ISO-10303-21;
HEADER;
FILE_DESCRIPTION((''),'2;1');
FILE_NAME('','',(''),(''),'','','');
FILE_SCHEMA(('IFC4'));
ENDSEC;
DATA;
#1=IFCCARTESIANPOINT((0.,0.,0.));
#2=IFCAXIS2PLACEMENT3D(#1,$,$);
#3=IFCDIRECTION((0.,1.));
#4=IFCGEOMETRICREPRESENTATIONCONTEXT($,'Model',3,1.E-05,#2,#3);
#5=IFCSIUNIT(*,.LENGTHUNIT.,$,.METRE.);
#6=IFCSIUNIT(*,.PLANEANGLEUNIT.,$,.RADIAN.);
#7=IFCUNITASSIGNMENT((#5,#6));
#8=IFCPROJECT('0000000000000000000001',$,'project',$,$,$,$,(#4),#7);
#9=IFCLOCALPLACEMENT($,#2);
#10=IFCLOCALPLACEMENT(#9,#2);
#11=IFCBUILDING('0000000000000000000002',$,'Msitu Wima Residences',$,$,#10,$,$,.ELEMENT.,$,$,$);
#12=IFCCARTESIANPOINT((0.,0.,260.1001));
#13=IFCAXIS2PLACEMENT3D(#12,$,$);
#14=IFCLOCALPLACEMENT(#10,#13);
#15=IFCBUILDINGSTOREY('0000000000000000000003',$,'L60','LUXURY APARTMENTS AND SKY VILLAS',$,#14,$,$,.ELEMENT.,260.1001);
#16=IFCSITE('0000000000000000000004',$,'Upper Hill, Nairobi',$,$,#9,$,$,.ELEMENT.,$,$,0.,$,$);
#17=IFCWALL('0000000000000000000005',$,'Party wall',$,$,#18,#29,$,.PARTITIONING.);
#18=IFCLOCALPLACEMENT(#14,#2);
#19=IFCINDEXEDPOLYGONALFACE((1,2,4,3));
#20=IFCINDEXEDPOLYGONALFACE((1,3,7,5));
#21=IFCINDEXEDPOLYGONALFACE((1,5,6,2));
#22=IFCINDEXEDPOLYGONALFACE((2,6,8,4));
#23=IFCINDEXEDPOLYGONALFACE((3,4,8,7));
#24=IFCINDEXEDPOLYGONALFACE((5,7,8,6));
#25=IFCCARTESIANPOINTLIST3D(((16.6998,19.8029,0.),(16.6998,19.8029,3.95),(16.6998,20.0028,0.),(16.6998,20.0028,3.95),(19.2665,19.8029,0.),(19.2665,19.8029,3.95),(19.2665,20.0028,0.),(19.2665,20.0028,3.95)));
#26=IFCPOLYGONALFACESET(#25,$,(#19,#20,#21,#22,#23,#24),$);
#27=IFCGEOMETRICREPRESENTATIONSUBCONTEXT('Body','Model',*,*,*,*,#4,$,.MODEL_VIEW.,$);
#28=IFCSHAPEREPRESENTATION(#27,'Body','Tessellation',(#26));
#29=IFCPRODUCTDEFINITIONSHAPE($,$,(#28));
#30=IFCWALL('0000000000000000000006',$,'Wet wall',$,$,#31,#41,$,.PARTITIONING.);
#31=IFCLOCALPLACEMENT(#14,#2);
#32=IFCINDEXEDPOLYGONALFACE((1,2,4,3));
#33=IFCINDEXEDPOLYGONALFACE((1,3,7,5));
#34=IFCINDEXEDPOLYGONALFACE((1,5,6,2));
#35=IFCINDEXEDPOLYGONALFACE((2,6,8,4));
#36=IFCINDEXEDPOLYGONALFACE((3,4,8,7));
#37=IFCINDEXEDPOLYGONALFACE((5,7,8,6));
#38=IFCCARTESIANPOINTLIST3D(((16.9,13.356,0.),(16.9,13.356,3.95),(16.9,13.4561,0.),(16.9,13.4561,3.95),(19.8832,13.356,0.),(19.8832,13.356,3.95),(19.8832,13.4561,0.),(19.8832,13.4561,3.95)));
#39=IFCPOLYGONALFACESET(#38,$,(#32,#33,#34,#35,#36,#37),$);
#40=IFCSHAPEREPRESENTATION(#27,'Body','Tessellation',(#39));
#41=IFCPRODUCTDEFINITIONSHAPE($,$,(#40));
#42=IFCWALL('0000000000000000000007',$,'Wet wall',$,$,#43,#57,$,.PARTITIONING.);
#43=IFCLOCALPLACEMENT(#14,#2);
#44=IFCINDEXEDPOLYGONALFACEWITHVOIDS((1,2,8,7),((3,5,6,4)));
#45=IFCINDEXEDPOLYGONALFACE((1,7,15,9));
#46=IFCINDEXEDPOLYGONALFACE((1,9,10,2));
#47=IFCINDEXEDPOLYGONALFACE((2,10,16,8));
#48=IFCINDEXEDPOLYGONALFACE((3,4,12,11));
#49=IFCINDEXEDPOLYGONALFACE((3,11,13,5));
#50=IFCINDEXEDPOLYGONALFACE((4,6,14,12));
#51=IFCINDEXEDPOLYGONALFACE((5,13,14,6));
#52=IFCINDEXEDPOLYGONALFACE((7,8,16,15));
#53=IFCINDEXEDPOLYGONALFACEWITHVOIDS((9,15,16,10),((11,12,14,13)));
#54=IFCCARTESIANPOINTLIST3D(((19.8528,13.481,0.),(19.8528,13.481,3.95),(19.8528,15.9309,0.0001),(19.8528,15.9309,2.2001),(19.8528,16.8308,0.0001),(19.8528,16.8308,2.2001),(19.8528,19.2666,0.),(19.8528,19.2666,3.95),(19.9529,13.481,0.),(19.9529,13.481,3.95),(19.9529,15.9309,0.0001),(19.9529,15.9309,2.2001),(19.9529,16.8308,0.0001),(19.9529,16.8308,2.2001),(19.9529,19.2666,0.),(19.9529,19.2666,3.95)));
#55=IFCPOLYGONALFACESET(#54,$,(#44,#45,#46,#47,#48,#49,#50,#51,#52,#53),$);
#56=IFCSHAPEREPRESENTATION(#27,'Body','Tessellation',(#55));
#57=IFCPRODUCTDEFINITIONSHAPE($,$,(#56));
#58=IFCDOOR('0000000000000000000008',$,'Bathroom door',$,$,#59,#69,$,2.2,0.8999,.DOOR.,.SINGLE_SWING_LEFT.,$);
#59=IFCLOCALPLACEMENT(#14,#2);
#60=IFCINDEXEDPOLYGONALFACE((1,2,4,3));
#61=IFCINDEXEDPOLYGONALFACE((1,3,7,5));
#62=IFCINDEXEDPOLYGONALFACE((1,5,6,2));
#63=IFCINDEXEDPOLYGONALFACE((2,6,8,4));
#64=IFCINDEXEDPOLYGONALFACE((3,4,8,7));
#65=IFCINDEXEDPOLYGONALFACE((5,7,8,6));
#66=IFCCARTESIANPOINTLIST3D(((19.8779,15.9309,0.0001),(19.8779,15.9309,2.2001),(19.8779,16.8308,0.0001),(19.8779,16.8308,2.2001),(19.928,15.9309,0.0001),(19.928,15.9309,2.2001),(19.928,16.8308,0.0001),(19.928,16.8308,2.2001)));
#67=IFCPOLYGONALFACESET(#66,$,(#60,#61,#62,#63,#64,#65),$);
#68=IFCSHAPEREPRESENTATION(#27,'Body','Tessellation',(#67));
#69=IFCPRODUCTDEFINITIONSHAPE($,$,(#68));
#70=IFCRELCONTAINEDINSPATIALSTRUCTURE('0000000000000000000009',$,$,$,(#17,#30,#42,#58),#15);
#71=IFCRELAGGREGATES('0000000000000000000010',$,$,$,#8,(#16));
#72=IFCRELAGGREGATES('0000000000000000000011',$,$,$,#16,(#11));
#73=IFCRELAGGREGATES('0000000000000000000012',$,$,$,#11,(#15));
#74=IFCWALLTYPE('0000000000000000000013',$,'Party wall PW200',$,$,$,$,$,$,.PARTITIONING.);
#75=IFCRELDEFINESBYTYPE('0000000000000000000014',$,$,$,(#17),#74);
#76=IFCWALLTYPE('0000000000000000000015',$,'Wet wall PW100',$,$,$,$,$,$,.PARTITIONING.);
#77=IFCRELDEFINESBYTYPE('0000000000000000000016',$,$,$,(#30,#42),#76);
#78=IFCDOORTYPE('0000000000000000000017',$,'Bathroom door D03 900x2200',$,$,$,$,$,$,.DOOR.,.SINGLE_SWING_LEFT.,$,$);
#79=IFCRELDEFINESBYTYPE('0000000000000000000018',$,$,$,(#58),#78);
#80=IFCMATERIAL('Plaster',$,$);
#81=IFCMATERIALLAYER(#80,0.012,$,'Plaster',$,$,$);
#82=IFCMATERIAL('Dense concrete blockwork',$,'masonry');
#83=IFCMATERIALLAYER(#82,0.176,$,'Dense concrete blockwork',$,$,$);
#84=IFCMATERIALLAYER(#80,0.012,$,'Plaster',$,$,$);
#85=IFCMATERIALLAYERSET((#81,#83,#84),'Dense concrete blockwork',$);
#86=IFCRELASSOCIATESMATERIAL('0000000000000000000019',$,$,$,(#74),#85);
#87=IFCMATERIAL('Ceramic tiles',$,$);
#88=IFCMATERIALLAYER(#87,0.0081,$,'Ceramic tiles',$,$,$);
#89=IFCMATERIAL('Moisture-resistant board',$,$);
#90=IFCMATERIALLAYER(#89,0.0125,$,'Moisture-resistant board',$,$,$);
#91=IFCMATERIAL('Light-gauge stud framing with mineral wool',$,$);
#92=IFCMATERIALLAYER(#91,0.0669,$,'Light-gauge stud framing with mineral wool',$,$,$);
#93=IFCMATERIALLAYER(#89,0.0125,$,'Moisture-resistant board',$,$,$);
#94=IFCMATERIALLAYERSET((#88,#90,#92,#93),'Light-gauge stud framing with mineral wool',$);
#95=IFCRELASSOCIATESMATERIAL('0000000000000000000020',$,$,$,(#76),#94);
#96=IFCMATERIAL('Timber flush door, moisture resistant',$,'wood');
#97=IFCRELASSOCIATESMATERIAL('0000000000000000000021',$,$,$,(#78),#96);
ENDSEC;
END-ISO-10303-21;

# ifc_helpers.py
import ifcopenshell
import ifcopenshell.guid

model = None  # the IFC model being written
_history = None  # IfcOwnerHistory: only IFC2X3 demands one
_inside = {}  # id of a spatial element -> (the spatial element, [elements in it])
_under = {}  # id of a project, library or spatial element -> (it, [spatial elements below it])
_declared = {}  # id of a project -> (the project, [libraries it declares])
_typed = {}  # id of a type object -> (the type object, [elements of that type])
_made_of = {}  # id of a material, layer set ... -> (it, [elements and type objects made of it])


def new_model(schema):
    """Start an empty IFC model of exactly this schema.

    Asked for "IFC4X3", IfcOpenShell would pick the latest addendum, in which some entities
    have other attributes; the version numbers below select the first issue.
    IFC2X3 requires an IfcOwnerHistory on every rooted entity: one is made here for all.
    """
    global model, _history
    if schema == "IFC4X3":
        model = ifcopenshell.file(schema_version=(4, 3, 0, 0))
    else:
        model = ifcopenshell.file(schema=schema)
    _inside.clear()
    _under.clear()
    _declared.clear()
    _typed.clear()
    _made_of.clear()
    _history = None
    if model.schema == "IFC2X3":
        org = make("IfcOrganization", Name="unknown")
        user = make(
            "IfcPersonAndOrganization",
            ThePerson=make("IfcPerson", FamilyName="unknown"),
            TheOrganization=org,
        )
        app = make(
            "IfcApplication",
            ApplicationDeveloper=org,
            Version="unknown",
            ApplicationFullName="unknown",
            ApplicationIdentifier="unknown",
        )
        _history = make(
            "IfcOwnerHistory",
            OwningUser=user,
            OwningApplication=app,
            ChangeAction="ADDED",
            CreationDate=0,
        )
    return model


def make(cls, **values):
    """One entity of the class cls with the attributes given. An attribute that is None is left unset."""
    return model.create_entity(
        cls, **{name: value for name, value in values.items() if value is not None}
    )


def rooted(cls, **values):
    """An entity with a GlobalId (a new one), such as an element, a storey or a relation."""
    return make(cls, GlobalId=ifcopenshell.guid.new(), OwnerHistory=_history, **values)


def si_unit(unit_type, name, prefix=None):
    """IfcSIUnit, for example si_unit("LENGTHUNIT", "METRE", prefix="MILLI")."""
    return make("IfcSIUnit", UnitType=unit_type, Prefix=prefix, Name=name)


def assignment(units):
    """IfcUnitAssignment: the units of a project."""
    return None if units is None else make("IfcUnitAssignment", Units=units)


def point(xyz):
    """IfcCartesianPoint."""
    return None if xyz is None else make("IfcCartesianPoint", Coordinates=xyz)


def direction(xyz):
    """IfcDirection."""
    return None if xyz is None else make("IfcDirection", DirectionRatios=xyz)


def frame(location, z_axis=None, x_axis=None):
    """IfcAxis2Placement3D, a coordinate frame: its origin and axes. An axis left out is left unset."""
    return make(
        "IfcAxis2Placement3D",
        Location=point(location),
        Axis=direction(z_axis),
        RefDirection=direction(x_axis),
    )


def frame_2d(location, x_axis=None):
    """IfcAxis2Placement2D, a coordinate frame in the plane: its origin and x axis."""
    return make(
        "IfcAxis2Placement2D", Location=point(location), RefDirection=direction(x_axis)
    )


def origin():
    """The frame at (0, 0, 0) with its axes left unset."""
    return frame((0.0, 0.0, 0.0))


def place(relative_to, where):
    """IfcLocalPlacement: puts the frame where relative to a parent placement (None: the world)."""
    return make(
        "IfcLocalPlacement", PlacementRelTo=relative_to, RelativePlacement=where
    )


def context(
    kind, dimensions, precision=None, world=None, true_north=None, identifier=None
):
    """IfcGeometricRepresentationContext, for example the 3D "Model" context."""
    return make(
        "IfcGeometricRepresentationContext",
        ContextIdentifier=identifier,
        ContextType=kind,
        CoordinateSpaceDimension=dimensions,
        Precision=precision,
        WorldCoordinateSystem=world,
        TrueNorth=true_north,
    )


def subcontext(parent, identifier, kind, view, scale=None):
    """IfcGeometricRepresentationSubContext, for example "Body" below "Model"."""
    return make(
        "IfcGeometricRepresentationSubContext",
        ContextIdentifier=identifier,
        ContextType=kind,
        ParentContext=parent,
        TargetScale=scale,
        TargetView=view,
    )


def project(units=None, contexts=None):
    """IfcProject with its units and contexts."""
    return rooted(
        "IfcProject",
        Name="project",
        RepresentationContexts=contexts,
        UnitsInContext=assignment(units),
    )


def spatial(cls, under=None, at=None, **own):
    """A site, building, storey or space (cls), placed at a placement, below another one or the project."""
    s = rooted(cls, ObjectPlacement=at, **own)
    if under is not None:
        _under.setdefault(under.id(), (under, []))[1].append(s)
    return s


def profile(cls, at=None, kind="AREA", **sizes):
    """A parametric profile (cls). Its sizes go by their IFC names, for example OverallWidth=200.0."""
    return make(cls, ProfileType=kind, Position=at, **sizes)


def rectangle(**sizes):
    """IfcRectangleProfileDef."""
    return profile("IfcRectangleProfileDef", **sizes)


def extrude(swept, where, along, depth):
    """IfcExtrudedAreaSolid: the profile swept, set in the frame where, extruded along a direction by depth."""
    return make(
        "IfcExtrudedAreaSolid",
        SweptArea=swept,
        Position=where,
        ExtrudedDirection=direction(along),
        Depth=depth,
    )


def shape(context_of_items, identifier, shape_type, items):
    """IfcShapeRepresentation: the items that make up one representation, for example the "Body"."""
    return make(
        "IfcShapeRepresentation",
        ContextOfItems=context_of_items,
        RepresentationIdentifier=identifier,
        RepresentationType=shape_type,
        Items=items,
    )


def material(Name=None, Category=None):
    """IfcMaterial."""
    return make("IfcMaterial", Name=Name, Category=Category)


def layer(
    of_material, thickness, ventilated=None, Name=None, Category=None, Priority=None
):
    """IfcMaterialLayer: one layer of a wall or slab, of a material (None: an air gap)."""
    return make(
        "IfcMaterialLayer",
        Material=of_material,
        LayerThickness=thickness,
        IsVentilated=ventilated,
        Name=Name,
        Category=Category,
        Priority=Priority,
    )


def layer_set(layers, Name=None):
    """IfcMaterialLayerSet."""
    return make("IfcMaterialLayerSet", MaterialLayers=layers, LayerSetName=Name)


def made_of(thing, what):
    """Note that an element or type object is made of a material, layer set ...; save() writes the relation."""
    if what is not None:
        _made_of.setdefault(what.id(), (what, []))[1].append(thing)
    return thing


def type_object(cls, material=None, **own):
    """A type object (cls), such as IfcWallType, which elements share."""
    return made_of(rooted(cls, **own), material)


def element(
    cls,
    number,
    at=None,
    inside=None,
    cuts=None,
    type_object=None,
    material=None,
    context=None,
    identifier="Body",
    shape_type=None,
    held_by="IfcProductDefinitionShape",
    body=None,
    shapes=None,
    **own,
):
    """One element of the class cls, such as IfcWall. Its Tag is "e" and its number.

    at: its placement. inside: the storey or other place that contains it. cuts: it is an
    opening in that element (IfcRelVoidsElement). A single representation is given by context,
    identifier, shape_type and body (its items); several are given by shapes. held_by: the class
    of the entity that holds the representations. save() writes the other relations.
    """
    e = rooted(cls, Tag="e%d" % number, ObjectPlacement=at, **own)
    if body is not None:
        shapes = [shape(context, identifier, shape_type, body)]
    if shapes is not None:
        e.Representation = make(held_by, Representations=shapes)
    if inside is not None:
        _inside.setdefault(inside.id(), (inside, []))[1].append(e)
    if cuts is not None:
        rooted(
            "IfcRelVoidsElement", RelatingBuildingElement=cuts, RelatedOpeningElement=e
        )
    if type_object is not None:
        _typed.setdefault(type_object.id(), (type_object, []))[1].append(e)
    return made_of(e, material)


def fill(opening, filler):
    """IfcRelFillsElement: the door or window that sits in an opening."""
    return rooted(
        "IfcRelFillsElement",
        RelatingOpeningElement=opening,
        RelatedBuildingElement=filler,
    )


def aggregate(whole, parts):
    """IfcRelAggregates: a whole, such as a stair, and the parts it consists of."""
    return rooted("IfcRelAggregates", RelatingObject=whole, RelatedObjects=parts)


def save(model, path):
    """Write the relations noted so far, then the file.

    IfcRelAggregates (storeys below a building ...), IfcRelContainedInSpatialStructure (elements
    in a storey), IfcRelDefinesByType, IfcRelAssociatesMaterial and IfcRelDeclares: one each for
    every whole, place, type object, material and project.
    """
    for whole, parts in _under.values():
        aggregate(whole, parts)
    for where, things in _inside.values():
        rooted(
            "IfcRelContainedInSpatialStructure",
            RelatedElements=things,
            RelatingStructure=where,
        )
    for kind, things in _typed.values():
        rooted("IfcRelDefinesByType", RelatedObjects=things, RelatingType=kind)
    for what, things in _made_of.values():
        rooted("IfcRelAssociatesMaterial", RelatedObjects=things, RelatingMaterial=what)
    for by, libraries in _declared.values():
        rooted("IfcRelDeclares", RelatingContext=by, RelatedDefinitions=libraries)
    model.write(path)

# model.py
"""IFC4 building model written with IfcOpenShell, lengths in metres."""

from ifc_helpers import new_model, si_unit, direction, frame, frame_2d, origin, place, context, subcontext, project, spatial, rectangle, extrude, material, layer, layer_set, type_object, element, fill, save


model = new_model("IFC4")

# Units and contexts
model_context = context("Model", 3, precision=1e-05, world=origin(), true_north=direction((0.0, 1.0)))
body_context = subcontext(model_context, "Body", "Model", "MODEL_VIEW")
ifc_project = project(units=[si_unit("LENGTHUNIT", "METRE"), si_unit("PLANEANGLEUNIT", "RADIAN")], contexts=[model_context])

# Site, building, storey
site_placement = place(None, origin())
site = spatial("IfcSite", under=ifc_project, at=site_placement, Name="Upper Hill, Nairobi", CompositionType="ELEMENT", RefElevation=0.0)
building_placement = place(site_placement, origin())
building = spatial("IfcBuilding", under=site, at=building_placement, Name="Msitu Wima Residences", CompositionType="ELEMENT")
storey_placement = place(building_placement, frame((0.0, 0.0, 260.1001)))
storey = spatial("IfcBuildingStorey", under=building, at=storey_placement, Name="L60", Description="LUXURY APARTMENTS AND SKY VILLAS", CompositionType="ELEMENT", Elevation=260.1001)

# Shared definitions
ifc_material_1 = material(Name="Plaster")

# Walls
ifc_layer_1 = layer(ifc_material_1, 0.012, Name="Plaster")
ifc_material_2 = material(Name="Dense concrete blockwork", Category="masonry")
ifc_layer_2 = layer(ifc_material_2, 0.176, Name="Dense concrete blockwork")
ifc_layer_3 = layer(ifc_material_1, 0.012, Name="Plaster")
ifc_layer_set_1 = layer_set([ifc_layer_1, ifc_layer_2, ifc_layer_3], Name="Dense concrete blockwork")
wall_type_1 = type_object("IfcWallType", Name="Party wall PW200", PredefinedType="PARTITIONING", material=ifc_layer_set_1)
wall_1_placement = place(storey_placement, frame((16.7, 19.9028, 0.0), z_axis=(0.0, 0.0, 1.0), x_axis=(1.0, 0.0, 0.0)))
element("IfcWall", 1, at=wall_1_placement, inside=storey, type_object=wall_type_1, Name="Party wall", PredefinedType="PARTITIONING", context=body_context, shape_type="SweptSolid", body=[
    extrude(rectangle(XDim=2.5667, YDim=0.2, at=frame_2d((1.2832, 0.0))), origin(), (0.0, 0.0, 1.0), 3.95),
])
ifc_material_3 = material(Name="Ceramic tiles")
ifc_layer_4 = layer(ifc_material_3, 0.0081, Name="Ceramic tiles")
ifc_material_4 = material(Name="Moisture-resistant board")
ifc_layer_5 = layer(ifc_material_4, 0.0125, Name="Moisture-resistant board")
ifc_material_5 = material(Name="Light-gauge stud framing with mineral wool")
ifc_layer_6 = layer(ifc_material_5, 0.0669, Name="Light-gauge stud framing with mineral wool")
ifc_layer_7 = layer(ifc_material_4, 0.0125, Name="Moisture-resistant board")
ifc_layer_set_2 = layer_set([ifc_layer_4, ifc_layer_5, ifc_layer_6, ifc_layer_7], Name="Light-gauge stud framing with mineral wool")
wall_type_2 = type_object("IfcWallType", Name="Wet wall PW100", PredefinedType="PARTITIONING", material=ifc_layer_set_2)
wall_2_placement = place(storey_placement, frame((16.8999, 13.406, 0.0), z_axis=(0.0, 0.0, 1.0), x_axis=(1.0, 0.0, 0.0)))
element("IfcWall", 2, at=wall_2_placement, inside=storey, type_object=wall_type_2, Name="Wet wall", PredefinedType="PARTITIONING", context=body_context, shape_type="SweptSolid", body=[
    extrude(rectangle(XDim=2.9832, YDim=0.1001, at=frame_2d((1.4917, 0.0))), origin(), (0.0, 0.0, 1.0), 3.95),
])

# Wall, opening, door
wall_3_placement = place(storey_placement, frame((19.9028, 13.481, 0.0), z_axis=(0.0, 0.0, 1.0), x_axis=(0.0, 1.0, 0.0)))
wall_3 = element("IfcWall", 3, at=wall_3_placement, inside=storey, type_object=wall_type_2, Name="Wet wall", PredefinedType="PARTITIONING", context=body_context, shape_type="SweptSolid", body=[
    extrude(rectangle(XDim=5.7856, YDim=0.1001, at=frame_2d((2.8928, 0.0))), origin(), (0.0, 0.0, 1.0), 3.95),
])
opening_1_placement = place(wall_3_placement, frame((2.45, 0.0, 0.0)))
opening_1 = element("IfcOpeningElement", 4, at=opening_1_placement, cuts=wall_3, PredefinedType="OPENING", context=body_context, shape_type="SweptSolid", body=[
    extrude(rectangle(XDim=0.8999, YDim=2.2, at=frame_2d((0.45, 1.1001))), frame((0.0, 0.0601, 0.0), z_axis=(0.0, -1.0, 0.0), x_axis=(1.0, 0.0, 0.0)), (0.0, 0.0, 1.0), 0.1201),
])
ifc_material_6 = material(Name="Timber flush door, moisture resistant", Category="wood")
door_type_1 = type_object("IfcDoorType", Name="Bathroom door D03 900x2200", OperationType="SINGLE_SWING_LEFT", PredefinedType="DOOR", material=ifc_material_6)
door_1_placement = place(opening_1_placement, origin())
door_1 = element("IfcDoor", 5, at=door_1_placement, inside=storey, type_object=door_type_1, Name="Bathroom door", OperationType="SINGLE_SWING_LEFT", OverallHeight=2.2, OverallWidth=0.8999, PredefinedType="DOOR", context=body_context, shape_type="SweptSolid", body=[
    extrude(rectangle(XDim=0.8999, YDim=2.2, at=frame_2d((0.45, 1.1001))), frame((0.0, 0.0249, 0.0), z_axis=(0.0, -1.0, 0.0), x_axis=(1.0, 0.0, 0.0)), (0.0, 0.0, 1.0), 0.05),
])
fill(opening_1, door_1)

save(model, "model.ifc")
